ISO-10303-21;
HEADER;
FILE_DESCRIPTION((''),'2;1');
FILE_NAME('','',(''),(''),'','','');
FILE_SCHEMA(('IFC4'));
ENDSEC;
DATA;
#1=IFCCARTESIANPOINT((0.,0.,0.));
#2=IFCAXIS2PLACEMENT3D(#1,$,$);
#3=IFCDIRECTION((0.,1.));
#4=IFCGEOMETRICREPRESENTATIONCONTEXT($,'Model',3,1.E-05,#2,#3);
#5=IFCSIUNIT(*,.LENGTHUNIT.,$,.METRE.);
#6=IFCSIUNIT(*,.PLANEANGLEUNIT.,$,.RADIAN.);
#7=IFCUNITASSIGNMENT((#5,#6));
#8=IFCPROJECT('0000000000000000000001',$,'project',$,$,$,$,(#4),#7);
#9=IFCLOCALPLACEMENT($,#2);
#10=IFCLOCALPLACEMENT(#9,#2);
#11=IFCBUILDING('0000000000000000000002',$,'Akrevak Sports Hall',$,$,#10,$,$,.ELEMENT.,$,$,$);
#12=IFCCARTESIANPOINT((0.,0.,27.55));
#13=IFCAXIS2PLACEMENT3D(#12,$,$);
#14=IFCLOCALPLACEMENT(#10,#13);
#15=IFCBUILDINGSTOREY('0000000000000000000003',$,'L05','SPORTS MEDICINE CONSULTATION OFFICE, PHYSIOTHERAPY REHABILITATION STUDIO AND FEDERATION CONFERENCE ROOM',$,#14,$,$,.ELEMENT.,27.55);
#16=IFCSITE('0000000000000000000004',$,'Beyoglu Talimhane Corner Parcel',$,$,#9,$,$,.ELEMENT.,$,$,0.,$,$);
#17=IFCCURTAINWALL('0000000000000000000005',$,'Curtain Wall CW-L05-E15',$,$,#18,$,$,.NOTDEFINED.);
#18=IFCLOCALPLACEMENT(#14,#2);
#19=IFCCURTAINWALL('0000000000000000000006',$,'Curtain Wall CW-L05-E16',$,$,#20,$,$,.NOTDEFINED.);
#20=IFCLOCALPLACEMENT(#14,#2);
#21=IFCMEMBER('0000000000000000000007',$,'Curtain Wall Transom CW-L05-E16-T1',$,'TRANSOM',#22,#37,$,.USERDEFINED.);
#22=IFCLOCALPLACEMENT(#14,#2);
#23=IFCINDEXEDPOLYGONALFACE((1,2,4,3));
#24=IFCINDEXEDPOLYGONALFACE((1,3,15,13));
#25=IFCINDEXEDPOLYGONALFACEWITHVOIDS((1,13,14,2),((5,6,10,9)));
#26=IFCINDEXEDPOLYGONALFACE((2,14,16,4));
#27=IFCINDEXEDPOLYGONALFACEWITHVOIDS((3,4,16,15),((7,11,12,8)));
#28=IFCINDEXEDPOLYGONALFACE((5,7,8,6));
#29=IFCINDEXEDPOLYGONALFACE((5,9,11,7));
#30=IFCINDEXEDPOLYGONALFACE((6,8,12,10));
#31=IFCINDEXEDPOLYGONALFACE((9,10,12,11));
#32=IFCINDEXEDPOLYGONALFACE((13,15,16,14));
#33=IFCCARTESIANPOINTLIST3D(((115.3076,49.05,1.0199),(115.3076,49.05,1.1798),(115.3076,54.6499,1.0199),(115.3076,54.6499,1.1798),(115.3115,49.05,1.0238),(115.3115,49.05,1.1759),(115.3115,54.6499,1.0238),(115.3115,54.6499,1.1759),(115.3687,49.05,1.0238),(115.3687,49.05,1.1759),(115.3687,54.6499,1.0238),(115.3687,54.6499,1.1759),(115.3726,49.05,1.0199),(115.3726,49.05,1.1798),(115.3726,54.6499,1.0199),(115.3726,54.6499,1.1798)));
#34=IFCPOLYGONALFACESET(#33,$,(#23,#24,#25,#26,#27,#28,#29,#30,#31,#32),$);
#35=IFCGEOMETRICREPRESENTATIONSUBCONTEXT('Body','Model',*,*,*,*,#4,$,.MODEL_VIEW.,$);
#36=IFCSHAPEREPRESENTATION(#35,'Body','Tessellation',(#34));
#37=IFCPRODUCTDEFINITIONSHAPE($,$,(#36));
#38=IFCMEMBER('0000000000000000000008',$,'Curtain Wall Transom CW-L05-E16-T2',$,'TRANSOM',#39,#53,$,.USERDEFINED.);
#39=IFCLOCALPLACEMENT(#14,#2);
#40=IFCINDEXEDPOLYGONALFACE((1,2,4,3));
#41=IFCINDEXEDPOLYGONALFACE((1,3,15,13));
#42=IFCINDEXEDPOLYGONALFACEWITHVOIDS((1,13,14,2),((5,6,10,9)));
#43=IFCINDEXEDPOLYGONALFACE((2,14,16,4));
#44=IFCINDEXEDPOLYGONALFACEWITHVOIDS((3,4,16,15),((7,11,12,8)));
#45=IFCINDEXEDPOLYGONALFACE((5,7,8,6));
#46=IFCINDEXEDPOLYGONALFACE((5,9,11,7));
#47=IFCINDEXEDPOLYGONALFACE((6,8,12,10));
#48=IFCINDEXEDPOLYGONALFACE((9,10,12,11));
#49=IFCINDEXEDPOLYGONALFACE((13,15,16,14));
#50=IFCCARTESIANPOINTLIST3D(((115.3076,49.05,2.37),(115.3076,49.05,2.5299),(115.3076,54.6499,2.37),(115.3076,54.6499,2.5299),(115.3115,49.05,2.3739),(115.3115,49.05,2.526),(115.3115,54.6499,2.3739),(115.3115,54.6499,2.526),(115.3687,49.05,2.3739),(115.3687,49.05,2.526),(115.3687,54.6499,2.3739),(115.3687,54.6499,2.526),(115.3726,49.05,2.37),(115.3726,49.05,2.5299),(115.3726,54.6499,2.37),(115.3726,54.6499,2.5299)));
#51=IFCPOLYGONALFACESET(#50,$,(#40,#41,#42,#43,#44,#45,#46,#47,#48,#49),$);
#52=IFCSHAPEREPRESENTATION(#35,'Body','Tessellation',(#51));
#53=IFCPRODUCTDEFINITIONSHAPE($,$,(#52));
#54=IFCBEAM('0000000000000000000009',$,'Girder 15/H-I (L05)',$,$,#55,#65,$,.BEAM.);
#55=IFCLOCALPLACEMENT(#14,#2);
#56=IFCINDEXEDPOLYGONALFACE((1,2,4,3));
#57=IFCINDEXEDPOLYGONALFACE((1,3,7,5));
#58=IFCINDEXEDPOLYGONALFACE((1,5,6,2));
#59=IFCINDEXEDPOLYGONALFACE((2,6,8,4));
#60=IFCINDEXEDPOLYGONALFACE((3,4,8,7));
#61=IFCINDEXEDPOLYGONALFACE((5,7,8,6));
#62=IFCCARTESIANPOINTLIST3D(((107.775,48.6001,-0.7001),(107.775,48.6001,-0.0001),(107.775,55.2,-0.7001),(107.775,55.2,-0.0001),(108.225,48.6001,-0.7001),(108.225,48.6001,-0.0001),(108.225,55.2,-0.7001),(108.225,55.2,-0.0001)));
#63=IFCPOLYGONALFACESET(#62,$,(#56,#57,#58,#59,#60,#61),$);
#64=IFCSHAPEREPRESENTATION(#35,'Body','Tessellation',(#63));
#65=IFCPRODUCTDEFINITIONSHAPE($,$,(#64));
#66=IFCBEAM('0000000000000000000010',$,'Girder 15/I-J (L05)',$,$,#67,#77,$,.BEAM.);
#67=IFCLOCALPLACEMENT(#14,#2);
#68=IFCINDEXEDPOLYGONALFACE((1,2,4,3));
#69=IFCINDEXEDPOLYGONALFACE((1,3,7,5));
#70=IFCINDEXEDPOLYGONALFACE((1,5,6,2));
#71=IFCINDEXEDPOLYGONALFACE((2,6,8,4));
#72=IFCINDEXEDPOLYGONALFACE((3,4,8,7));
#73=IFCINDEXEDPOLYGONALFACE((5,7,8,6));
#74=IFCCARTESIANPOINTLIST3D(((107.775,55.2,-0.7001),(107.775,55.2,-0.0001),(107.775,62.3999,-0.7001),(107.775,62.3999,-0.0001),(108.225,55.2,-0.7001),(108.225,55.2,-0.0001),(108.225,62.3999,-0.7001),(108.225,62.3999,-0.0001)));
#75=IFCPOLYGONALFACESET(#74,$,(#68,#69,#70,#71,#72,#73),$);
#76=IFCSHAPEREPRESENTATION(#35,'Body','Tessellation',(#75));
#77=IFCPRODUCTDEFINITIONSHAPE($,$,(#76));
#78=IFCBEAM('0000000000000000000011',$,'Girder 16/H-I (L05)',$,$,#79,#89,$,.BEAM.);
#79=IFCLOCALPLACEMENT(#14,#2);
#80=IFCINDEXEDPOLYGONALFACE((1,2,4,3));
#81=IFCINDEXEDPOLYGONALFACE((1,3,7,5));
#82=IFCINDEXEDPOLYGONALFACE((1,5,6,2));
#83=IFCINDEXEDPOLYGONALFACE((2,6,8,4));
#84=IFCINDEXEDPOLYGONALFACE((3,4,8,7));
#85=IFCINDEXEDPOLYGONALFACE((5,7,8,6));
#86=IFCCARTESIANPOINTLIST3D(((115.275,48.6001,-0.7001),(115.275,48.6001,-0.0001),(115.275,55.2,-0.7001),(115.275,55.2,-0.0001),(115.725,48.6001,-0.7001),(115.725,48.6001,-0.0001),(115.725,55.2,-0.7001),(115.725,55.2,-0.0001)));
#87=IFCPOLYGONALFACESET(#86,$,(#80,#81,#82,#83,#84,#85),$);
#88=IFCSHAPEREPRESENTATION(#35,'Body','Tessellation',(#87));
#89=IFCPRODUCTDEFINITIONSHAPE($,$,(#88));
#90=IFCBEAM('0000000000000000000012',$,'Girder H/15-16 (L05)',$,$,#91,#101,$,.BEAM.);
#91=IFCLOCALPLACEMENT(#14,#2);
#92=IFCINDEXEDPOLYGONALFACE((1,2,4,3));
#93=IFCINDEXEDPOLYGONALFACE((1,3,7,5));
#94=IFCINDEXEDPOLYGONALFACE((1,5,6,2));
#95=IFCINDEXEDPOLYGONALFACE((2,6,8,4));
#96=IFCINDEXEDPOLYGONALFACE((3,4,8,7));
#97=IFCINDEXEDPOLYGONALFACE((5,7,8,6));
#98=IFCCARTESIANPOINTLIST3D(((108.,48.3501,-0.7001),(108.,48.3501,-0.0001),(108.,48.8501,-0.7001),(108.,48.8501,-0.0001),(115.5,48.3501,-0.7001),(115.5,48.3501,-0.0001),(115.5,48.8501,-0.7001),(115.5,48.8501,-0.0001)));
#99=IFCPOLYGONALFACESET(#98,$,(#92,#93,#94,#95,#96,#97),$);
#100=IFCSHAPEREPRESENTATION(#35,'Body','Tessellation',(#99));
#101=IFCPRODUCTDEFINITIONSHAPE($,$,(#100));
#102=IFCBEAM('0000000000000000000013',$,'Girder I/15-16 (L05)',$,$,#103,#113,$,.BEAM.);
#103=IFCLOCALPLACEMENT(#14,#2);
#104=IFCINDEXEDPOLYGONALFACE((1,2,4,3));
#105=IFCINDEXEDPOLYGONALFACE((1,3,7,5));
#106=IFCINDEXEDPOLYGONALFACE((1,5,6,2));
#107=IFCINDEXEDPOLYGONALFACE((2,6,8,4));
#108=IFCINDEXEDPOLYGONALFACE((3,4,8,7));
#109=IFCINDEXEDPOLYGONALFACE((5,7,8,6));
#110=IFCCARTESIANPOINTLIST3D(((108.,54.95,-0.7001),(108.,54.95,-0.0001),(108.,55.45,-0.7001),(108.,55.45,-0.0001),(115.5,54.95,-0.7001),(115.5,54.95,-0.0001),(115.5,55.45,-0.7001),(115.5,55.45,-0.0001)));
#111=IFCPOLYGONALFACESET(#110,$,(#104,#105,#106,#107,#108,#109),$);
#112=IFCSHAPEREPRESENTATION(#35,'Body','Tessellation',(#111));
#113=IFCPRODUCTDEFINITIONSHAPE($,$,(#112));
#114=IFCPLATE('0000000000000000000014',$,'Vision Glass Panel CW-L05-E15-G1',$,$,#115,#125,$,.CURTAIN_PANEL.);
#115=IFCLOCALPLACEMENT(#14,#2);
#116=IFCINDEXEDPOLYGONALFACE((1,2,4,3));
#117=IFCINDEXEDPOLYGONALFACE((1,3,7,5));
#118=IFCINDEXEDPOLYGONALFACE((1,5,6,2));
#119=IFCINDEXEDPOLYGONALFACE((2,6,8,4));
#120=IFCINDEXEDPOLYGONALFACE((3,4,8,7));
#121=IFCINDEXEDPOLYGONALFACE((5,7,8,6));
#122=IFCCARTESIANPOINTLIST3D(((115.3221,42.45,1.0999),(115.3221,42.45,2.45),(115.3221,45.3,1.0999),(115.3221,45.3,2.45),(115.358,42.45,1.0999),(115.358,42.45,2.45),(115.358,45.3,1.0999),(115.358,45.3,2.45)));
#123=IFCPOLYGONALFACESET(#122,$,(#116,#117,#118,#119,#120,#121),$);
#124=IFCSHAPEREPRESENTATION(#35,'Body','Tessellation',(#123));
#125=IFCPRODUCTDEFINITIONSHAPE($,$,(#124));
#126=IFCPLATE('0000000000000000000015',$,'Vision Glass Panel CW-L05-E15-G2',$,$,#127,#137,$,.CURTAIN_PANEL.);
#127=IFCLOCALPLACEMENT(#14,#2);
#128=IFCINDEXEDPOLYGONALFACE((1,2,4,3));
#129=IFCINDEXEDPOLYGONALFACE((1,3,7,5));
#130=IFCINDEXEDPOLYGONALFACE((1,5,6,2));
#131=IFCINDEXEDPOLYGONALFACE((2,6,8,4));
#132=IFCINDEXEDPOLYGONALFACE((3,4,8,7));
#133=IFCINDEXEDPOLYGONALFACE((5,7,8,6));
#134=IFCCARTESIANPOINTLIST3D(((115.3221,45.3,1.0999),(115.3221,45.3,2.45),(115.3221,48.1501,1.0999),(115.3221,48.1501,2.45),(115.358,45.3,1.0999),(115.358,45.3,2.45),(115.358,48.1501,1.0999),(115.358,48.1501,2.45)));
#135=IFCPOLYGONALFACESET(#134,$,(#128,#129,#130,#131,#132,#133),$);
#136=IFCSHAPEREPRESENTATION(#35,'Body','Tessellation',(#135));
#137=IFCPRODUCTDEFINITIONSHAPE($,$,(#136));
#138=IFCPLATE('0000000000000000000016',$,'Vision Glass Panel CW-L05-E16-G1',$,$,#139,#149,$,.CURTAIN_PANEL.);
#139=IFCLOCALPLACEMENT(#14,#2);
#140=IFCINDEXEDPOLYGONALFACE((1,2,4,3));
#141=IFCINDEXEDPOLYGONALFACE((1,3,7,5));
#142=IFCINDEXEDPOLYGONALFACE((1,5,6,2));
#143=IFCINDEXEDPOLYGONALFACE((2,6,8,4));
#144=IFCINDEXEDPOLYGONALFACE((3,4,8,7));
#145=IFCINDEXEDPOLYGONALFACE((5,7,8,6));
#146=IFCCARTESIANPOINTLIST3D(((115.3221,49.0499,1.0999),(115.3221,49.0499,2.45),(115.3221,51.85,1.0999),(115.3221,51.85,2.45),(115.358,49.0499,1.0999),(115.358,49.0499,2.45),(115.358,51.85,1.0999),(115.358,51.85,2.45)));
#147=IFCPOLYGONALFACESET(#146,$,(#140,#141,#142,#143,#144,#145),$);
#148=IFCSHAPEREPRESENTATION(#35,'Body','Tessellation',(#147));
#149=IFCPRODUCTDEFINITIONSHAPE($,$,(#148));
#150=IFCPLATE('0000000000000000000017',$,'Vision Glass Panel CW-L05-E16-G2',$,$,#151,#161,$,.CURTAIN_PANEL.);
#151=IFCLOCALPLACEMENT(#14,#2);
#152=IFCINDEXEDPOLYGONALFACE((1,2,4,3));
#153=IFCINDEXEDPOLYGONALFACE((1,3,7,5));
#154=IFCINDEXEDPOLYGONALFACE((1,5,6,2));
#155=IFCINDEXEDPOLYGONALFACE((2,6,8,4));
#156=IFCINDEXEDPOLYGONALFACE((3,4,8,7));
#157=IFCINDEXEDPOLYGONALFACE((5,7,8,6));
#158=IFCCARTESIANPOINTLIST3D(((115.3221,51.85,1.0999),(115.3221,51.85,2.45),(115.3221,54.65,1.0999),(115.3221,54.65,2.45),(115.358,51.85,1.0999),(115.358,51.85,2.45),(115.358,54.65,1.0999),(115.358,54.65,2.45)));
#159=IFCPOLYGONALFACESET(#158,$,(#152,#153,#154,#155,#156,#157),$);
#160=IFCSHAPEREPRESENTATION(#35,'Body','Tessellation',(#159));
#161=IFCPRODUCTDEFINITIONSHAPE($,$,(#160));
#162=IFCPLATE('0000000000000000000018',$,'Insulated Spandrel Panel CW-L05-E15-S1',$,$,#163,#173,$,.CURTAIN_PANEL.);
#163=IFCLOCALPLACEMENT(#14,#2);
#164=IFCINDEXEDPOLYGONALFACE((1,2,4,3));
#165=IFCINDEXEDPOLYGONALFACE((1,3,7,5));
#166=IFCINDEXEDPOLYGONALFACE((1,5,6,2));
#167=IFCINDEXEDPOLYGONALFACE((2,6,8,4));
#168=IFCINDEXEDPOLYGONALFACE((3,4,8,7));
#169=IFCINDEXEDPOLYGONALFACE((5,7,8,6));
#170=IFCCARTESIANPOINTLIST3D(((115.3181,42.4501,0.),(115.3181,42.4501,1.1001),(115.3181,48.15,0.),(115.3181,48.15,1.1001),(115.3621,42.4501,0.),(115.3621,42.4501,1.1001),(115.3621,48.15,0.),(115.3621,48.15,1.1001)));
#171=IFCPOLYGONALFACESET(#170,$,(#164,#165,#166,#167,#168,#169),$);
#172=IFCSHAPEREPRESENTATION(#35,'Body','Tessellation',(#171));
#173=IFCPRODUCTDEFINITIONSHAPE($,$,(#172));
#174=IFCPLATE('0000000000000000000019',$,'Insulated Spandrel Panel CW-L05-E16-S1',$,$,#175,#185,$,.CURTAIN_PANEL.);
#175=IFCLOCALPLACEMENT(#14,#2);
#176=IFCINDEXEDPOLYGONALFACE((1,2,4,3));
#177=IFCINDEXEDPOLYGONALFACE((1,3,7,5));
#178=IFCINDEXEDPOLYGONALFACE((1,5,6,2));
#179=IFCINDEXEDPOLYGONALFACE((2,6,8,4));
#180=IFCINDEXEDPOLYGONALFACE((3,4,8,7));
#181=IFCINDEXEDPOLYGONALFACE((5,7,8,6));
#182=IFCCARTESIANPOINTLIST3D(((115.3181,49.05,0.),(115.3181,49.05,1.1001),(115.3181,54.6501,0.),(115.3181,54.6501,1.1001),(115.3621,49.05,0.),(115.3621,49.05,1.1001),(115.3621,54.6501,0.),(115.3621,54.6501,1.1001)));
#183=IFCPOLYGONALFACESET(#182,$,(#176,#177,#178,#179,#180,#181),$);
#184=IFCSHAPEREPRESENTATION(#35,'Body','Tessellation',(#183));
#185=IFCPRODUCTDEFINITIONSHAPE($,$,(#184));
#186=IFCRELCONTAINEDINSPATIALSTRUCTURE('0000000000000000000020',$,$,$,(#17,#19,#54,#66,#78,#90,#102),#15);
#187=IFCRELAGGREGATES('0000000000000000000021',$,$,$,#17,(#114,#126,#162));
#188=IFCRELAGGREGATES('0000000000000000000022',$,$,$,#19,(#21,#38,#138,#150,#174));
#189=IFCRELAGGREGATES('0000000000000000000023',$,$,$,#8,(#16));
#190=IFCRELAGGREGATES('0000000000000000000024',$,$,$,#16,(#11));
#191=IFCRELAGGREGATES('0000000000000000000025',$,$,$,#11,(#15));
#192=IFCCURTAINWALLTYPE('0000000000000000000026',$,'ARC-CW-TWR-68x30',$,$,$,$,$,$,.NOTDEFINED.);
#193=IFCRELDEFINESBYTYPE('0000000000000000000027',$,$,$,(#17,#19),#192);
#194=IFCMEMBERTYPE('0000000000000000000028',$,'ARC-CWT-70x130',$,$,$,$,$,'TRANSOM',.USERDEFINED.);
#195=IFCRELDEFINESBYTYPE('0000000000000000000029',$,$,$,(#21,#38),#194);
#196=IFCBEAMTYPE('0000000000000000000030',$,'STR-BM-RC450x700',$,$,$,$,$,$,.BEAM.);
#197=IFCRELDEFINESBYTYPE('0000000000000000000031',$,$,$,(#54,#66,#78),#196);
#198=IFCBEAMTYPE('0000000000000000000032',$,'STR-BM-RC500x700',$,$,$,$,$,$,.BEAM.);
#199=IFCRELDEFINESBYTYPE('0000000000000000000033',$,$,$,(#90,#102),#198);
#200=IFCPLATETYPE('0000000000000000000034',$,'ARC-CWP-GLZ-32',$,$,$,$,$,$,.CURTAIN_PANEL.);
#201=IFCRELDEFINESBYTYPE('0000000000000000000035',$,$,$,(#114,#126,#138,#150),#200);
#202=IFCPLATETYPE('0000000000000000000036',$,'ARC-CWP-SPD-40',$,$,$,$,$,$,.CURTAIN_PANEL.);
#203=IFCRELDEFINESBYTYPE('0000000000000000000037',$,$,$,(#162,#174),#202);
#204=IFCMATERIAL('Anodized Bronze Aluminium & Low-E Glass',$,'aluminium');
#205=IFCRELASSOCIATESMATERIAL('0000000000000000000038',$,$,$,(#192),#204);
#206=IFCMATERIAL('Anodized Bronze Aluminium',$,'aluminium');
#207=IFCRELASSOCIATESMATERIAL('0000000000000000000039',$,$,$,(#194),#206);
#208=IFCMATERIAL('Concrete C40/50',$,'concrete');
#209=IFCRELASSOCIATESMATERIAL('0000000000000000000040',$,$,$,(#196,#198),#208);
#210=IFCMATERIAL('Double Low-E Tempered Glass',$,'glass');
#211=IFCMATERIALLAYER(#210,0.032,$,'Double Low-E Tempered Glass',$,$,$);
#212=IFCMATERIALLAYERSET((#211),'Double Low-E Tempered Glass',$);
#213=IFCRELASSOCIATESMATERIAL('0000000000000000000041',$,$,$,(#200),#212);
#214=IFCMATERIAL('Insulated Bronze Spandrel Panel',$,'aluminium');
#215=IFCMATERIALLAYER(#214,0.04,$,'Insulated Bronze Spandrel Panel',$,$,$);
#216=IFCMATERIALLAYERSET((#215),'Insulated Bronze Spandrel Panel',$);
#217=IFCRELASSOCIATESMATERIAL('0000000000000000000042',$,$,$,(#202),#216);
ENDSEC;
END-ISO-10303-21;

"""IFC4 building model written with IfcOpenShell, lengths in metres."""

from ifc_helpers import new_model, si_unit, direction, frame, origin, origin_2d, place, context, subcontext, project, spatial, rectangle, hollow_rectangle, extrude, material, layer, layer_set, material_profile, profile_set, type_object, element, aggregate, save


model = new_model("IFC4")

# Units and contexts
model_context = context("Model", 3, precision=1e-05, world=origin(), true_north=direction((0.0, 1.0)))
body_context = subcontext(model_context, "Body", "Model", "MODEL_VIEW")
ifc_project = project(units=[si_unit("LENGTHUNIT", "METRE"), si_unit("PLANEANGLEUNIT", "RADIAN")], contexts=[model_context])

# Site, building, storey
site_placement = place(None, origin())
site = spatial("IfcSite", under=ifc_project, at=site_placement, Name="Beyoglu Talimhane Corner Parcel", CompositionType="ELEMENT", RefElevation=0.0)
building_placement = place(site_placement, origin())
building = spatial("IfcBuilding", under=site, at=building_placement, Name="Akrevak Sports Hall", CompositionType="ELEMENT")
storey_placement = place(building_placement, frame((0.0, 0.0, 27.55)))
storey = spatial("IfcBuildingStorey", under=building, at=storey_placement, Name="L05", Description="SPORTS MEDICINE CONSULTATION OFFICE, PHYSIOTHERAPY REHABILITATION STUDIO AND FEDERATION CONFERENCE ROOM", CompositionType="ELEMENT", Elevation=27.55)

# Shared definitions
ifc_material_1 = material(Name="Concrete C40/50", Category="concrete")

# Curtain walls
ifc_material_2 = material(Name="Anodized Bronze Aluminium & Low-E Glass", Category="aluminium")
curtain_wall_type = type_object("IfcCurtainWallType", Name="ARC-CW-TWR-68x30", PredefinedType="NOTDEFINED", material=ifc_material_2)
curtain_wall_1_placement = place(storey_placement, origin())
curtain_wall_1 = element("IfcCurtainWall", 1, at=curtain_wall_1_placement, inside=storey, type_object=curtain_wall_type, Name="Curtain Wall CW-L05-E15", PredefinedType="NOTDEFINED")
ifc_material_3 = material(Name="Anodized Bronze Aluminium", Category="aluminium")
curtain_wall_2_placement = place(storey_placement, origin())
curtain_wall_2 = element("IfcCurtainWall", 2, at=curtain_wall_2_placement, inside=storey, type_object=curtain_wall_type, Name="Curtain Wall CW-L05-E16", PredefinedType="NOTDEFINED")

# Members
ifc_material_profile_1 = material_profile(ifc_material_3, hollow_rectangle(XDim=0.0649, YDim=0.1599, WallThickness=0.0039, at=origin_2d()), Name="CWT 65x160", Category="aluminium")
ifc_profile_set_1 = profile_set([ifc_material_profile_1], Name="Anodized Bronze Aluminium")
member_type_1 = type_object("IfcMemberType", Name="ARC-CWT-70x130", ElementType="TRANSOM", PredefinedType="USERDEFINED", material=ifc_profile_set_1)
member_1_placement = place(storey_placement, frame((115.3401, 49.05, 1.0999), z_axis=(0.0, 1.0, 0.0), x_axis=(-1.0, 0.0, 0.0)))
member_1 = element("IfcMember", 3, at=member_1_placement, type_object=member_type_1, Name="Curtain Wall Transom CW-L05-E16-T1", ObjectType="TRANSOM", PredefinedType="USERDEFINED", context=body_context, shape_type="SweptSolid", body=[
    extrude(hollow_rectangle(XDim=0.0649, YDim=0.1599, WallThickness=0.0039, at=origin_2d()), origin(), (0.0, 0.0, 1.0), 5.5999),
])
member_2_placement = place(storey_placement, frame((115.3401, 49.05, 2.45), z_axis=(0.0, 1.0, 0.0), x_axis=(-1.0, 0.0, 0.0)))
member_2 = element("IfcMember", 4, at=member_2_placement, type_object=member_type_1, Name="Curtain Wall Transom CW-L05-E16-T2", ObjectType="TRANSOM", PredefinedType="USERDEFINED", context=body_context, shape_type="SweptSolid", body=[
    extrude(hollow_rectangle(XDim=0.0649, YDim=0.1599, WallThickness=0.0039, at=origin_2d()), origin(), (0.0, 0.0, 1.0), 5.5999),
])

# Beams
ifc_material_profile_2 = material_profile(ifc_material_1, rectangle(XDim=0.45, YDim=0.7, at=origin_2d()), Name="BM 450x700", Category="concrete")
ifc_profile_set_2 = profile_set([ifc_material_profile_2], Name="Concrete C40/50")
beam_type_1 = type_object("IfcBeamType", Name="STR-BM-RC450x700", PredefinedType="BEAM", material=ifc_profile_set_2)
beam_1_placement = place(storey_placement, frame((108.0, 48.6001, -0.3501), z_axis=(0.0, 1.0, 0.0), x_axis=(-1.0, 0.0, 0.0)))
element("IfcBeam", 5, at=beam_1_placement, inside=storey, type_object=beam_type_1, Name="Girder 15/H-I (L05)", PredefinedType="BEAM", context=body_context, shape_type="SweptSolid", body=[
    extrude(rectangle(XDim=0.45, YDim=0.7, at=origin_2d()), origin(), (0.0, 0.0, 1.0), 6.5999),
])
beam_2_placement = place(storey_placement, frame((108.0, 55.2, -0.3501), z_axis=(0.0, 1.0, 0.0), x_axis=(-1.0, 0.0, 0.0)))
element("IfcBeam", 6, at=beam_2_placement, inside=storey, type_object=beam_type_1, Name="Girder 15/I-J (L05)", PredefinedType="BEAM", context=body_context, shape_type="SweptSolid", body=[
    extrude(rectangle(XDim=0.45, YDim=0.7, at=origin_2d()), origin(), (0.0, 0.0, 1.0), 7.2),
])
beam_3_placement = place(storey_placement, frame((115.5, 48.6001, -0.3501), z_axis=(0.0, 1.0, 0.0), x_axis=(-1.0, 0.0, 0.0)))
element("IfcBeam", 7, at=beam_3_placement, inside=storey, type_object=beam_type_1, Name="Girder 16/H-I (L05)", PredefinedType="BEAM", context=body_context, shape_type="SweptSolid", body=[
    extrude(rectangle(XDim=0.45, YDim=0.7, at=origin_2d()), origin(), (0.0, 0.0, 1.0), 6.5999),
])
ifc_material_profile_3 = material_profile(ifc_material_1, rectangle(XDim=0.5, YDim=0.7, at=origin_2d()), Name="BM 500x700", Category="concrete")
ifc_profile_set_3 = profile_set([ifc_material_profile_3], Name="Concrete C40/50")
beam_type_2 = type_object("IfcBeamType", Name="STR-BM-RC500x700", PredefinedType="BEAM", material=ifc_profile_set_3)
for number, where, z_axis, x_axis, name in (
    (8, (108.0, 48.6001, -0.3501), (1.0, 0.0, 0.0), (0.0, 1.0, 0.0), "Girder H/15-16 (L05)"),
    (9, (108.0, 55.2, -0.3501), (1.0, 0.0, 0.0), (0.0, 1.0, 0.0), "Girder I/15-16 (L05)"),
):
    element("IfcBeam", number, at=place(storey_placement, frame(where, z_axis=z_axis, x_axis=x_axis)), inside=storey, type_object=beam_type_2, Name=name, PredefinedType="BEAM", context=body_context, shape_type="SweptSolid", body=[
        extrude(rectangle(XDim=0.5, YDim=0.7, at=origin_2d()), origin(), (0.0, 0.0, 1.0), 7.5),
    ])

# Plates
ifc_material_4 = material(Name="Double Low-E Tempered Glass", Category="glass")
ifc_layer_1 = layer(ifc_material_4, 0.032, Name="Double Low-E Tempered Glass")
ifc_layer_set_1 = layer_set([ifc_layer_1], Name="Double Low-E Tempered Glass")
plate_type_1 = type_object("IfcPlateType", Name="ARC-CWP-GLZ-32", PredefinedType="CURTAIN_PANEL", material=ifc_layer_set_1)
plate_1_placement = place(storey_placement, frame((115.3401, 43.875, 1.0999), z_axis=(0.0, 0.0, 1.0), x_axis=(0.0, 1.0, 0.0)))
plate_1 = element("IfcPlate", 10, at=plate_1_placement, type_object=plate_type_1, Name="Vision Glass Panel CW-L05-E15-G1", PredefinedType="CURTAIN_PANEL", context=body_context, shape_type="SweptSolid", body=[
    extrude(rectangle(XDim=2.8501, YDim=0.0359, at=origin_2d()), origin(), (0.0, 0.0, 1.0), 1.3501),
])
plate_2_placement = place(storey_placement, frame((115.3401, 46.7251, 1.0999), z_axis=(0.0, 0.0, 1.0), x_axis=(0.0, 1.0, 0.0)))
plate_2 = element("IfcPlate", 11, at=plate_2_placement, type_object=plate_type_1, Name="Vision Glass Panel CW-L05-E15-G2", PredefinedType="CURTAIN_PANEL", context=body_context, shape_type="SweptSolid", body=[
    extrude(rectangle(XDim=2.8501, YDim=0.0359, at=origin_2d()), origin(), (0.0, 0.0, 1.0), 1.3501),
])
plate_3_placement = place(storey_placement, frame((115.3401, 50.45, 1.0999), z_axis=(0.0, 0.0, 1.0), x_axis=(0.0, 1.0, 0.0)))
plate_3 = element("IfcPlate", 12, at=plate_3_placement, type_object=plate_type_1, Name="Vision Glass Panel CW-L05-E16-G1", PredefinedType="CURTAIN_PANEL", context=body_context, shape_type="SweptSolid", body=[
    extrude(rectangle(XDim=2.8, YDim=0.0359, at=origin_2d()), origin(), (0.0, 0.0, 1.0), 1.3501),
])
plate_4_placement = place(storey_placement, frame((115.3401, 53.25, 1.0999), z_axis=(0.0, 0.0, 1.0), x_axis=(0.0, 1.0, 0.0)))
plate_4 = element("IfcPlate", 13, at=plate_4_placement, type_object=plate_type_1, Name="Vision Glass Panel CW-L05-E16-G2", PredefinedType="CURTAIN_PANEL", context=body_context, shape_type="SweptSolid", body=[
    extrude(rectangle(XDim=2.8, YDim=0.0359, at=origin_2d()), origin(), (0.0, 0.0, 1.0), 1.3501),
])
ifc_material_5 = material(Name="Insulated Bronze Spandrel Panel", Category="aluminium")
ifc_layer_2 = layer(ifc_material_5, 0.04, Name="Insulated Bronze Spandrel Panel")
ifc_layer_set_2 = layer_set([ifc_layer_2], Name="Insulated Bronze Spandrel Panel")
plate_type_2 = type_object("IfcPlateType", Name="ARC-CWP-SPD-40", PredefinedType="CURTAIN_PANEL", material=ifc_layer_set_2)
plate_5_placement = place(storey_placement, frame((115.3401, 45.3, 0.0), z_axis=(0.0, 0.0, 1.0), x_axis=(0.0, 1.0, 0.0)))
plate_5 = element("IfcPlate", 14, at=plate_5_placement, type_object=plate_type_2, Name="Insulated Spandrel Panel CW-L05-E15-S1", PredefinedType="CURTAIN_PANEL", context=body_context, shape_type="SweptSolid", body=[
    extrude(rectangle(XDim=5.7, YDim=0.0439, at=origin_2d()), origin(), (0.0, 0.0, 1.0), 1.1001),
])
aggregate(curtain_wall_1, [plate_1, plate_2, plate_5])
plate_6_placement = place(storey_placement, frame((115.3401, 51.8501, 0.0), z_axis=(0.0, 0.0, 1.0), x_axis=(0.0, 1.0, 0.0)))
plate_6 = element("IfcPlate", 15, at=plate_6_placement, type_object=plate_type_2, Name="Insulated Spandrel Panel CW-L05-E16-S1", PredefinedType="CURTAIN_PANEL", context=body_context, shape_type="SweptSolid", body=[
    extrude(rectangle(XDim=5.6001, YDim=0.0439, at=origin_2d()), origin(), (0.0, 0.0, 1.0), 1.1001),
])
aggregate(curtain_wall_2, [member_1, member_2, plate_3, plate_4, plate_6])

save(model, "model.ifc")
